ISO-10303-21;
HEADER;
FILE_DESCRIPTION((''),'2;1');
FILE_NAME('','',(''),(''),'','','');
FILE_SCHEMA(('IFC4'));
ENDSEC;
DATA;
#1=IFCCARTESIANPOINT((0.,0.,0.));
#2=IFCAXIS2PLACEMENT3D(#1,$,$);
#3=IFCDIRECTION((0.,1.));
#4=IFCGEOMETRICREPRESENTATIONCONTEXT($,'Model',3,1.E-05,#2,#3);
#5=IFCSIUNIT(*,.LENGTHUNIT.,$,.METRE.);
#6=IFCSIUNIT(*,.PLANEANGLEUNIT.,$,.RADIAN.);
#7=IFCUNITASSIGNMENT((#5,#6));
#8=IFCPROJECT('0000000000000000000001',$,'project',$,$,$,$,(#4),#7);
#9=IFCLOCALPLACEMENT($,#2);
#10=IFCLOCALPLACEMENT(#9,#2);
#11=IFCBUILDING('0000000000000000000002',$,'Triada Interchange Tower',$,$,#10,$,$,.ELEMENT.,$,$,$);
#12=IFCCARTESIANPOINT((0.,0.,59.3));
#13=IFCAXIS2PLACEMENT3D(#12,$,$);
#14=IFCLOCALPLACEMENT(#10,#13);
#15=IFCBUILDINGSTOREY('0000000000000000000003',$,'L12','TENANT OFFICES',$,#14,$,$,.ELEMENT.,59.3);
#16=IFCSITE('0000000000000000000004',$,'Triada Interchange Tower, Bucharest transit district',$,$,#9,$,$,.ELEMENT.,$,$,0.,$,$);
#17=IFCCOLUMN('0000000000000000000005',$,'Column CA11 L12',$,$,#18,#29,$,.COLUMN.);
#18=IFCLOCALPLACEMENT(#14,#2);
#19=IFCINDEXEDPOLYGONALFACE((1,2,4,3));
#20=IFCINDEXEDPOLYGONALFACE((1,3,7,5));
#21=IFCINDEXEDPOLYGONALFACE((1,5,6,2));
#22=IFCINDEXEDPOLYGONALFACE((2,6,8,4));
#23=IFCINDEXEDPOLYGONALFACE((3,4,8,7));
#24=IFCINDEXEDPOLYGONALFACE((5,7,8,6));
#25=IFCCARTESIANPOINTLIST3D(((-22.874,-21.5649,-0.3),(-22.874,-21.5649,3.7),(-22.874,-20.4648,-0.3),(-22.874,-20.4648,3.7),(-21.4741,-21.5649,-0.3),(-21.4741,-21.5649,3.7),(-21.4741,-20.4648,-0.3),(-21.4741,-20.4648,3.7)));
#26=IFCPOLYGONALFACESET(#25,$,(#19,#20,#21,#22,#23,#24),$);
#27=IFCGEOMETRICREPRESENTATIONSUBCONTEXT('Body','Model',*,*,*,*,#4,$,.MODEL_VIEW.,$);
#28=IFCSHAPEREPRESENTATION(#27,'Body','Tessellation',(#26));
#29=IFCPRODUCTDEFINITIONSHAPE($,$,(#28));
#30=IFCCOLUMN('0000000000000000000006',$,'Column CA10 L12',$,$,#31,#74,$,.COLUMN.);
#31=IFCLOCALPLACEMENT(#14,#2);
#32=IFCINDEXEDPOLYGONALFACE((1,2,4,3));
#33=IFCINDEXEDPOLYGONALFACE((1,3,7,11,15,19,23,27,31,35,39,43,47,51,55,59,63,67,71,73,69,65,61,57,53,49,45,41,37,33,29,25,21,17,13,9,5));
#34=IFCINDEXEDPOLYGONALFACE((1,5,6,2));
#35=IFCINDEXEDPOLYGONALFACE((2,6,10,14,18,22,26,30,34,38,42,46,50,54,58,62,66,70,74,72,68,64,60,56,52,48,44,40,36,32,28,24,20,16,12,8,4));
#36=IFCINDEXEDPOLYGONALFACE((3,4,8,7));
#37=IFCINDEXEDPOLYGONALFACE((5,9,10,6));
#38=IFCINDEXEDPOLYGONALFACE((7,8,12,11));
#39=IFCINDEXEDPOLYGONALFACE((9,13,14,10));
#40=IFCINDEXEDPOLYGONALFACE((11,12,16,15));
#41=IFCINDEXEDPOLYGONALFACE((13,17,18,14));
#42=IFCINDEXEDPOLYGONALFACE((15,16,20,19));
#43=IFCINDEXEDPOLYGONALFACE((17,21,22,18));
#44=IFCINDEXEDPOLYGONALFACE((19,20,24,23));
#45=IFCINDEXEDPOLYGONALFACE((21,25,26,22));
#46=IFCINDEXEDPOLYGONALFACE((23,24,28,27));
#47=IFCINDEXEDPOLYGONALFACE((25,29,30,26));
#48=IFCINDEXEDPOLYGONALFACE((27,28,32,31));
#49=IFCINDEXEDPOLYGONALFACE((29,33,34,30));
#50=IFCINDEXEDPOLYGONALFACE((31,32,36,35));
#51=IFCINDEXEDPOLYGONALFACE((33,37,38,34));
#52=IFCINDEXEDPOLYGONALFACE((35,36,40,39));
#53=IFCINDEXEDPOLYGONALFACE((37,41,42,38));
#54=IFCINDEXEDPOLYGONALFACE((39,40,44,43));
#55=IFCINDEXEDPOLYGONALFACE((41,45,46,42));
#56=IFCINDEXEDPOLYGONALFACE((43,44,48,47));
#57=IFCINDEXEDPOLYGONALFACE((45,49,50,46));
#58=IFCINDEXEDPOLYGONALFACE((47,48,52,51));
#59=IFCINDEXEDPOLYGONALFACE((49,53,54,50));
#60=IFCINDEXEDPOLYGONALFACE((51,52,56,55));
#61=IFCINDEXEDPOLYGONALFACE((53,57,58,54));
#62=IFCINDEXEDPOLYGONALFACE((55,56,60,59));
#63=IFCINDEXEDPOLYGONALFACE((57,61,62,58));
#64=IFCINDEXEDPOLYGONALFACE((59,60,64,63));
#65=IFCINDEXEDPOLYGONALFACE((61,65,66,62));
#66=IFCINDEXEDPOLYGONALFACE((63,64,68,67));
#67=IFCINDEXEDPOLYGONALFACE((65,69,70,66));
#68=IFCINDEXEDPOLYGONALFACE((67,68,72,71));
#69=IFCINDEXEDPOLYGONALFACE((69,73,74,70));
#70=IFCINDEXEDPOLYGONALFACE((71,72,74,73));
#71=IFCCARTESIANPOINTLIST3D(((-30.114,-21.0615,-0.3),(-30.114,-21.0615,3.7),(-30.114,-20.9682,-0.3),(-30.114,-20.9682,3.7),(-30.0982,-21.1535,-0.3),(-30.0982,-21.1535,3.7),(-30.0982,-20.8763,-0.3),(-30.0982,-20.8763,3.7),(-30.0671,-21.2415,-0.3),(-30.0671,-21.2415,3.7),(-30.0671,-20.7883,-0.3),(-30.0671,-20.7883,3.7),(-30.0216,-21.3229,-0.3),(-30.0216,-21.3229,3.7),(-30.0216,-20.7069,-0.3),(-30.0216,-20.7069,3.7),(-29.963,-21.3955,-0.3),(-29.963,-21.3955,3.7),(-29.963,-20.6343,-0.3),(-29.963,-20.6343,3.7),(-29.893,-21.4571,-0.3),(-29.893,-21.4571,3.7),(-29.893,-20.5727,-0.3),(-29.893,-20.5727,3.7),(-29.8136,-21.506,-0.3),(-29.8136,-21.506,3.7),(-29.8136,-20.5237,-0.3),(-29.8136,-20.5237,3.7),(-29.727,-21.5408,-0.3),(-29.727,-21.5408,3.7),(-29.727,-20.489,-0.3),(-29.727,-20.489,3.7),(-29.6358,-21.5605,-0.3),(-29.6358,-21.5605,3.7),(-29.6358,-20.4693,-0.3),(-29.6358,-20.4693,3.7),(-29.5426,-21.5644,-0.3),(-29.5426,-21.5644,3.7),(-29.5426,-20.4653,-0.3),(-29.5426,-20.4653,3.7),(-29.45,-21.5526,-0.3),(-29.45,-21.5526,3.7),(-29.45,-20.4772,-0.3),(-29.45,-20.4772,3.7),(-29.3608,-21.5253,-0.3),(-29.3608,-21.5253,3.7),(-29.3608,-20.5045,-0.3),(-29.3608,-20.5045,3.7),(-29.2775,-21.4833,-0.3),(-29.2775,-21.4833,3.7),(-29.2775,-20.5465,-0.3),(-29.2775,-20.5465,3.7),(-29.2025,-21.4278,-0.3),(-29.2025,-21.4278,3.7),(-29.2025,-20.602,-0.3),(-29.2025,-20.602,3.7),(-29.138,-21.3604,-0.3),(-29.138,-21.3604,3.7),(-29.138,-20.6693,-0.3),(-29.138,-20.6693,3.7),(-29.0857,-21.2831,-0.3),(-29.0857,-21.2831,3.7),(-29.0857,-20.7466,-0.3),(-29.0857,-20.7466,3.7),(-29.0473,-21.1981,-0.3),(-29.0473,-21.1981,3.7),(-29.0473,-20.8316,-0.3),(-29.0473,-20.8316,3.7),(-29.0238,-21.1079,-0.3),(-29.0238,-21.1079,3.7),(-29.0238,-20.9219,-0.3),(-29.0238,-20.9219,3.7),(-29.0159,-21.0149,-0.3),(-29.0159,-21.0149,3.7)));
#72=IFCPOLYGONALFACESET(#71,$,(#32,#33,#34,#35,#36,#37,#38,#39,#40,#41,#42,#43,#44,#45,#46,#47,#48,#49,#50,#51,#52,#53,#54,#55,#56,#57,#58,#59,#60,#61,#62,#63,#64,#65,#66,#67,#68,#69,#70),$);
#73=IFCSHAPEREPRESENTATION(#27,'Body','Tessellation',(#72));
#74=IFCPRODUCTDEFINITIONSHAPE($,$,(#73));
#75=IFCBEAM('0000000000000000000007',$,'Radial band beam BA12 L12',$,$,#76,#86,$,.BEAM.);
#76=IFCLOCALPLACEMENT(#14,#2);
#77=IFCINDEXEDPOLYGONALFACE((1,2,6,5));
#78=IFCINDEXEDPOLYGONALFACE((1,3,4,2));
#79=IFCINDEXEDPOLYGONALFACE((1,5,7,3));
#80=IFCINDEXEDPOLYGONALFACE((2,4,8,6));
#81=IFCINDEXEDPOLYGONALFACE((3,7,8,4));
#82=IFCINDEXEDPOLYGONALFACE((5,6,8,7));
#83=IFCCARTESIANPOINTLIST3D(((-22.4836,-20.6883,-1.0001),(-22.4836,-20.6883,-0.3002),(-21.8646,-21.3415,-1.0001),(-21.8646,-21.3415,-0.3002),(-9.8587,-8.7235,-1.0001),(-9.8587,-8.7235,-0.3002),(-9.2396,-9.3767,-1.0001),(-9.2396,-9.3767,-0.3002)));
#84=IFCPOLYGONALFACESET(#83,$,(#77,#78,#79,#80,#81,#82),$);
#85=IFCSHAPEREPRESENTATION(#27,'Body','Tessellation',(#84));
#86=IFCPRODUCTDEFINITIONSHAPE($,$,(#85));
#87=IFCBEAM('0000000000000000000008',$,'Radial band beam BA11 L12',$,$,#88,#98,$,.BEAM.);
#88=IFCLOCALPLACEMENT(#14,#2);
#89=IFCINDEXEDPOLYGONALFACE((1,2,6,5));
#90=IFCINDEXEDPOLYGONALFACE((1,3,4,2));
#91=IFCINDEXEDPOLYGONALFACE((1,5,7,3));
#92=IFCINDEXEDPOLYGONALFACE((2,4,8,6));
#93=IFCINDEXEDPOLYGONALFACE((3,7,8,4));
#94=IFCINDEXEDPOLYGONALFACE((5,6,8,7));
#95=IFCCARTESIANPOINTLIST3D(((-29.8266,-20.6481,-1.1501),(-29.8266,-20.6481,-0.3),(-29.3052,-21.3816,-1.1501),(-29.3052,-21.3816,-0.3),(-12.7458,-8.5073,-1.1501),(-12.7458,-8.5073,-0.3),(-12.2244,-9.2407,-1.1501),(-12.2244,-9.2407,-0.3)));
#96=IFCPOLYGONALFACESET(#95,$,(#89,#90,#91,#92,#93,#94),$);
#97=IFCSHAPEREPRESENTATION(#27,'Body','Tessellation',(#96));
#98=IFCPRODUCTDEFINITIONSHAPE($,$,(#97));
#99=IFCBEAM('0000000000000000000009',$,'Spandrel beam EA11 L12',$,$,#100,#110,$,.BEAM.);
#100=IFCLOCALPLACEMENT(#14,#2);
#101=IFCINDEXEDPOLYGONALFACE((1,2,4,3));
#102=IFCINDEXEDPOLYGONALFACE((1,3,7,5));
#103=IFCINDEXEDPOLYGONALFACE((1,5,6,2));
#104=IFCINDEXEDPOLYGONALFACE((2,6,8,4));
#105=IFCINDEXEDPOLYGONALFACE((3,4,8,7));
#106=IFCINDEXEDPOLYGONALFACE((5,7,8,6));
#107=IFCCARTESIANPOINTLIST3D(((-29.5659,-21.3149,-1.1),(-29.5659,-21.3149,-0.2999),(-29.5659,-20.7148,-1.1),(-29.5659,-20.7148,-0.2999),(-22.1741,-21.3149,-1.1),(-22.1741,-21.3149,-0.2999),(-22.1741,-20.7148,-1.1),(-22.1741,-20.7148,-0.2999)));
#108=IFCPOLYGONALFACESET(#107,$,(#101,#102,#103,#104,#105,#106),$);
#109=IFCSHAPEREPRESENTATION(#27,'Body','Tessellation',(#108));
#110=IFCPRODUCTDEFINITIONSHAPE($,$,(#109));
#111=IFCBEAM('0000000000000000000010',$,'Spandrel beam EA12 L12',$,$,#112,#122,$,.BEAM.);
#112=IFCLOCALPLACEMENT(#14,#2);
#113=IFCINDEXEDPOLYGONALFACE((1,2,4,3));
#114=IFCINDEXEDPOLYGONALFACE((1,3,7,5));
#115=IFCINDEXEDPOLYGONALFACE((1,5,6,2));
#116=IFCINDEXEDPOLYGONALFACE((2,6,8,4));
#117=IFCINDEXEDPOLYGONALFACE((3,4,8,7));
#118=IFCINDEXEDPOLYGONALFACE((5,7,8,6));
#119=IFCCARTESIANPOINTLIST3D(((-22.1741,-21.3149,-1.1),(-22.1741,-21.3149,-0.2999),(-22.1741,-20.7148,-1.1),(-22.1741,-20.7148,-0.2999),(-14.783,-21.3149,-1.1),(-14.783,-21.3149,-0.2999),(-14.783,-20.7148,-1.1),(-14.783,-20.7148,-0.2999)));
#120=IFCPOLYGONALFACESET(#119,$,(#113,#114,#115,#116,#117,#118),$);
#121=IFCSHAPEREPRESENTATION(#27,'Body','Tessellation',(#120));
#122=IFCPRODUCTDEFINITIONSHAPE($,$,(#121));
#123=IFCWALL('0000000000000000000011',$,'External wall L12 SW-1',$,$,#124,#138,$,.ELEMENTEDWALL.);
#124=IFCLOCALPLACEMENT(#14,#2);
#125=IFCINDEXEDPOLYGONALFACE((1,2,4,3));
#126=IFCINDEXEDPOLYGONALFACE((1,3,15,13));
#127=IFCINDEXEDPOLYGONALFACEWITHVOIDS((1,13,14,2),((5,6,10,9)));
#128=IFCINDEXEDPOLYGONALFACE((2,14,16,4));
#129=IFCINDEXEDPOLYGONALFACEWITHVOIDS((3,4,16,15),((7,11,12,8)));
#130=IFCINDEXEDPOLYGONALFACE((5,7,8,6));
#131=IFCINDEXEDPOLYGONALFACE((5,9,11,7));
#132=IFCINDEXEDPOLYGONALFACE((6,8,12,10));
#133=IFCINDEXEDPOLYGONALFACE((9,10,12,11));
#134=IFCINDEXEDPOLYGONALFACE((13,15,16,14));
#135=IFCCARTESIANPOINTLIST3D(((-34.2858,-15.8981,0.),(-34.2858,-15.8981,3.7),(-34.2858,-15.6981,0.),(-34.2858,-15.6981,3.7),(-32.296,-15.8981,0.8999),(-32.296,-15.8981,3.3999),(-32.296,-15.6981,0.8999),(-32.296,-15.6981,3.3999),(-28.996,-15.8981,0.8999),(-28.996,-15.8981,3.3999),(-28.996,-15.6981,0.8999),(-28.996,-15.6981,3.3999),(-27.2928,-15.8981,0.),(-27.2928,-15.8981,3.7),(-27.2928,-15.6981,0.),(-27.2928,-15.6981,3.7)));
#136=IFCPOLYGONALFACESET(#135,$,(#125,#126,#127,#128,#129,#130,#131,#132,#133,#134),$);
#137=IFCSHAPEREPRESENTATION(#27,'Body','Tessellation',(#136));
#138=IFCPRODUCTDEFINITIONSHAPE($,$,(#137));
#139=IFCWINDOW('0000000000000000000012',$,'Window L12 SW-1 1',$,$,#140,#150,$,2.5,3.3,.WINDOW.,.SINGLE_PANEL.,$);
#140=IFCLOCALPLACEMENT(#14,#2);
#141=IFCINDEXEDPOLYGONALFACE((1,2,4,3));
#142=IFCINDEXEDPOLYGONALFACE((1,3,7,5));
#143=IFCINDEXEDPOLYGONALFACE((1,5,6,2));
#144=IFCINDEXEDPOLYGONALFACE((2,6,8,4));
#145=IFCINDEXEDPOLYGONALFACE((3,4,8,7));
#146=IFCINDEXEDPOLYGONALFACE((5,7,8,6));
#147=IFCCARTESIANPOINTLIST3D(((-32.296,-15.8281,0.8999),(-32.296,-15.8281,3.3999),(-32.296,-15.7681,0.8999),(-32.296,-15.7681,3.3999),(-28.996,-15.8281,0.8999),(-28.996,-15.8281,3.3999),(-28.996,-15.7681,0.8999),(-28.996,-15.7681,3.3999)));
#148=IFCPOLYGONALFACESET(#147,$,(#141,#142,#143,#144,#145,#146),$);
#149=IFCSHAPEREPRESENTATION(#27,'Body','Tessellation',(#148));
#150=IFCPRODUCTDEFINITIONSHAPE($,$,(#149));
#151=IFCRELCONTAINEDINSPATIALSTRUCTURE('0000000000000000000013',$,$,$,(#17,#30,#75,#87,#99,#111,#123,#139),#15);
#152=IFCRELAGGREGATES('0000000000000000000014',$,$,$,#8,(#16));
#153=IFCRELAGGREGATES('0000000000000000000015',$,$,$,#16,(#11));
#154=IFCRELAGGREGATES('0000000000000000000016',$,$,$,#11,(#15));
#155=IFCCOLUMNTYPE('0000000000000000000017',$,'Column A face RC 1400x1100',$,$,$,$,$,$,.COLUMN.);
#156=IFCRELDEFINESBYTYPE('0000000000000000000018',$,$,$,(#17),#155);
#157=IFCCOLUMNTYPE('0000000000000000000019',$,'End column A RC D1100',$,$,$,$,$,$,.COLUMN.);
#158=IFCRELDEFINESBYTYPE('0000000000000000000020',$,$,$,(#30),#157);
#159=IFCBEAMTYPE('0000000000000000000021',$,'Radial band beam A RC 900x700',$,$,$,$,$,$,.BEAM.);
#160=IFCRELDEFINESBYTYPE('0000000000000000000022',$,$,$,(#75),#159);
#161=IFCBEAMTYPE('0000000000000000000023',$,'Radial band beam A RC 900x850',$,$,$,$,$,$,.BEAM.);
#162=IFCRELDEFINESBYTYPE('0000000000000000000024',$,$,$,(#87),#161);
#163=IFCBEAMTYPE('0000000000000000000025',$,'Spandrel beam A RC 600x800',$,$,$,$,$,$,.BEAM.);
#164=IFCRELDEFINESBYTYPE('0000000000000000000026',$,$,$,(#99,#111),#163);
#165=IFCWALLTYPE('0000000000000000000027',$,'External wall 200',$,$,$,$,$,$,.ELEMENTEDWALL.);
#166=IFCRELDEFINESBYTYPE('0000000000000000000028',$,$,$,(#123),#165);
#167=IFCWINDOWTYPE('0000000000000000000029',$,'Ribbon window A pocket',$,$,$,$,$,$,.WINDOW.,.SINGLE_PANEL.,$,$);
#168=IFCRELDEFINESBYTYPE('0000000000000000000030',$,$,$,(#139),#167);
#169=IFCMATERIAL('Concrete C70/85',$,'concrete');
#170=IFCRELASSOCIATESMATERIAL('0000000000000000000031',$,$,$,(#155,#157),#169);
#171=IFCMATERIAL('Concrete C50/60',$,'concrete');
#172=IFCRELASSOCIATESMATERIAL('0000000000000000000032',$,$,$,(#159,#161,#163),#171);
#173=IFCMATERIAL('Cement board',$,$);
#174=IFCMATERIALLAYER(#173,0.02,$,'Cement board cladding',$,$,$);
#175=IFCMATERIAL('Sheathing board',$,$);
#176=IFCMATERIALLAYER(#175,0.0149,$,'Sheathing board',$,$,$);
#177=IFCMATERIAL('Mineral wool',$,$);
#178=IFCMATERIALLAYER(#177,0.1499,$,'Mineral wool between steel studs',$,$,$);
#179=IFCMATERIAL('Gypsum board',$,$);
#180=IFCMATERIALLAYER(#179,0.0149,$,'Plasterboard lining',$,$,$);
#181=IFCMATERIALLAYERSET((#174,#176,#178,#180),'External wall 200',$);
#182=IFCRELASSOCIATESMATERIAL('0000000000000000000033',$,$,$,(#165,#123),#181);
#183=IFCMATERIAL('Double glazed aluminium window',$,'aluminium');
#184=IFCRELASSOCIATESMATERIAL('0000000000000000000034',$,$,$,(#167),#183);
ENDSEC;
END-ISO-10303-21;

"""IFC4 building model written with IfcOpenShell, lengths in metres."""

from ifc_helpers import new_model, si_unit, direction, frame, frame_2d, origin, origin_2d, place, context, subcontext, project, spatial, rectangle, circle, extrude, material, layer, layer_set, layer_usage, material_profile, profile_set, type_object, element, fill, save


model = new_model("IFC4")

# Units and contexts
model_context = context("Model", 3, precision=1e-05, world=origin(), true_north=direction((0.0, 1.0)))
body_context = subcontext(model_context, "Body", "Model", "MODEL_VIEW")
ifc_project = project(units=[si_unit("LENGTHUNIT", "METRE"), si_unit("PLANEANGLEUNIT", "RADIAN")], contexts=[model_context])

# Site, building, storey
site_placement = place(None, origin())
site = spatial("IfcSite", under=ifc_project, at=site_placement, Name="Triada Interchange Tower, Bucharest transit district", CompositionType="ELEMENT", RefElevation=0.0)
building_placement = place(site_placement, origin())
building = spatial("IfcBuilding", under=site, at=building_placement, Name="Triada Interchange Tower", CompositionType="ELEMENT")
storey_placement = place(building_placement, frame((0.0, 0.0, 59.3)))
storey = spatial("IfcBuildingStorey", under=building, at=storey_placement, Name="L12", Description="TENANT OFFICES", CompositionType="ELEMENT", Elevation=59.3)

# Columns
ifc_material_1 = material(Name="Concrete C70/85", Category="concrete")
ifc_material_profile_1 = material_profile(ifc_material_1, rectangle(XDim=1.3999, YDim=1.1001, at=origin_2d()), Name="RC 1400x1100")
ifc_profile_set_1 = profile_set([ifc_material_profile_1], Name="Concrete C70/85")
column_type_1 = type_object("IfcColumnType", Name="Column A face RC 1400x1100", PredefinedType="COLUMN", material=ifc_profile_set_1)
column_1_placement = place(storey_placement, frame((-22.1741, -21.0149, -0.3), z_axis=(0.0, 0.0, 1.0), x_axis=(1.0, 0.0, 0.0)))
element("IfcColumn", 1, at=column_1_placement, inside=storey, type_object=column_type_1, Name="Column CA11 L12", PredefinedType="COLUMN", context=body_context, shape_type="SweptSolid", body=[
    extrude(rectangle(XDim=1.3999, YDim=1.1001, at=origin_2d()), origin(), (0.0, 0.0, 1.0), 4.0),
])
ifc_material_profile_2 = material_profile(ifc_material_1, circle(Radius=0.55, at=origin_2d()), Name="RC D1100")
ifc_profile_set_2 = profile_set([ifc_material_profile_2], Name="Concrete C70/85")
column_type_2 = type_object("IfcColumnType", Name="End column A RC D1100", PredefinedType="COLUMN", material=ifc_profile_set_2)
column_2_placement = place(storey_placement, frame((-29.5659, -21.0149, -0.3), z_axis=(0.0, 0.0, 1.0), x_axis=(1.0, 0.0, 0.0)))
element("IfcColumn", 2, at=column_2_placement, inside=storey, type_object=column_type_2, Name="Column CA10 L12", PredefinedType="COLUMN", context=body_context, shape_type="SweptSolid", body=[
    extrude(circle(Radius=0.55, at=origin_2d()), origin(), (0.0, 0.0, 1.0), 4.0),
])

# Beams
ifc_material_2 = material(Name="Concrete C50/60", Category="concrete")
ifc_material_profile_3 = material_profile(ifc_material_2, rectangle(XDim=0.8999, YDim=0.7, at=origin_2d()), Name="RC 900x700")
ifc_profile_set_3 = profile_set([ifc_material_profile_3], Name="Concrete C50/60")
beam_type_1 = type_object("IfcBeamType", Name="Radial band beam A RC 900x700", PredefinedType="BEAM", material=ifc_profile_set_3)
beam_1_placement = place(storey_placement, frame((-22.1741, -21.0149, -0.6501), z_axis=(0.725829, 0.687875, 0.0), x_axis=(-0.687875, 0.725829, 0.0)))
element("IfcBeam", 3, at=beam_1_placement, inside=storey, type_object=beam_type_1, Name="Radial band beam BA12 L12", PredefinedType="BEAM", context=body_context, shape_type="SweptSolid", body=[
    extrude(rectangle(XDim=0.8999, YDim=0.7, at=origin_2d()), origin(), (0.0, 0.0, 1.0), 17.3938),
])
ifc_material_profile_4 = material_profile(ifc_material_2, rectangle(XDim=0.8999, YDim=0.8501, at=origin_2d()), Name="RC 900x850")
ifc_profile_set_4 = profile_set([ifc_material_profile_4], Name="Concrete C50/60")
beam_type_2 = type_object("IfcBeamType", Name="Radial band beam A RC 900x850", PredefinedType="BEAM", material=ifc_profile_set_4)
beam_2_placement = place(storey_placement, frame((-29.5659, -21.0149, -0.7251), z_axis=(0.815079, 0.57935, 0.0), x_axis=(-0.57935, 0.815079, 0.0)))
element("IfcBeam", 4, at=beam_2_placement, inside=storey, type_object=beam_type_2, Name="Radial band beam BA11 L12", PredefinedType="BEAM", context=body_context, shape_type="SweptSolid", body=[
    extrude(rectangle(XDim=0.8999, YDim=0.8501, at=origin_2d()), origin(), (0.0, 0.0, 1.0), 20.9561),
])
ifc_material_profile_5 = material_profile(ifc_material_2, rectangle(XDim=0.6001, YDim=0.8, at=origin_2d()), Name="RC 600x800")
ifc_profile_set_5 = profile_set([ifc_material_profile_5], Name="Concrete C50/60")
beam_type_3 = type_object("IfcBeamType", Name="Spandrel beam A RC 600x800", PredefinedType="BEAM", material=ifc_profile_set_5)
beam_3_placement = place(storey_placement, frame((-29.5659, -21.0149, -0.7), z_axis=(1.0, 0.0, 0.0), x_axis=(0.0, 1.0, 0.0)))
element("IfcBeam", 5, at=beam_3_placement, inside=storey, type_object=beam_type_3, Name="Spandrel beam EA11 L12", PredefinedType="BEAM", context=body_context, shape_type="SweptSolid", body=[
    extrude(rectangle(XDim=0.6001, YDim=0.8, at=origin_2d()), origin(), (0.0, 0.0, 1.0), 7.3918),
])
beam_4_placement = place(storey_placement, frame((-22.1741, -21.0149, -0.7), z_axis=(1.0, 0.0, 0.0), x_axis=(0.0, 1.0, 0.0)))
element("IfcBeam", 6, at=beam_4_placement, inside=storey, type_object=beam_type_3, Name="Spandrel beam EA12 L12", PredefinedType="BEAM", context=body_context, shape_type="SweptSolid", body=[
    extrude(rectangle(XDim=0.6001, YDim=0.8, at=origin_2d()), origin(), (0.0, 0.0, 1.0), 7.3911),
])

# Wall, opening, window
ifc_material_3 = material(Name="Cement board")
ifc_layer_1 = layer(ifc_material_3, 0.02, Name="Cement board cladding")
ifc_material_4 = material(Name="Sheathing board")
ifc_layer_2 = layer(ifc_material_4, 0.0149, Name="Sheathing board")
ifc_material_5 = material(Name="Mineral wool")
ifc_layer_3 = layer(ifc_material_5, 0.1499, Name="Mineral wool between steel studs")
ifc_material_6 = material(Name="Gypsum board")
ifc_layer_4 = layer(ifc_material_6, 0.0149, Name="Plasterboard lining")
ifc_layer_set_1 = layer_set([ifc_layer_1, ifc_layer_2, ifc_layer_3, ifc_layer_4], Name="External wall 200")
ifc_layer_usage = layer_usage(ifc_layer_set_1, "AXIS2", "POSITIVE", -0.1001)
wall_type_1 = type_object("IfcWallType", Name="External wall 200", PredefinedType="ELEMENTEDWALL", material=ifc_layer_set_1)
wall_1_placement = place(storey_placement, frame((-34.2859, -15.7981, 0.0), z_axis=(0.0, 0.0, 1.0), x_axis=(1.0, 0.0, 0.0)))
wall_1 = element("IfcWall", 7, at=wall_1_placement, inside=storey, type_object=wall_type_1, material=ifc_layer_usage, Name="External wall L12 SW-1", PredefinedType="ELEMENTEDWALL", context=body_context, shape_type="SweptSolid", body=[
    extrude(rectangle(XDim=6.9929, YDim=0.2, at=frame_2d((3.4966, 0.0))), origin(), (0.0, 0.0, 1.0), 3.7),
])
opening_1_placement = place(wall_1_placement, frame((1.99, 0.0, 0.8999)))
opening_1 = element("IfcOpeningElement", 8, at=opening_1_placement, cuts=wall_1, PredefinedType="OPENING", context=body_context, shape_type="SweptSolid", body=[
    extrude(rectangle(XDim=3.3, YDim=2.5, at=frame_2d((1.6499, 1.25))), frame((0.0, 0.1099, 0.0), z_axis=(0.0, -1.0, 0.0), x_axis=(1.0, 0.0, 0.0)), (0.0, 0.0, 1.0), 0.22),
])
ifc_material_7 = material(Name="Double glazed aluminium window", Category="aluminium")
window_type_1 = type_object("IfcWindowType", Name="Ribbon window A pocket", PartitioningType="SINGLE_PANEL", PredefinedType="WINDOW", material=ifc_material_7)
window_1_placement = place(opening_1_placement, origin())
window_1 = element("IfcWindow", 9, at=window_1_placement, inside=storey, type_object=window_type_1, Name="Window L12 SW-1 1", OverallHeight=2.5, OverallWidth=3.3, PartitioningType="SINGLE_PANEL", PredefinedType="WINDOW", context=body_context, shape_type="SweptSolid", body=[
    extrude(rectangle(XDim=3.3, YDim=2.5, at=frame_2d((1.6499, 1.25))), frame((0.0, 0.03, 0.0), z_axis=(0.0, -1.0, 0.0), x_axis=(1.0, 0.0, 0.0)), (0.0, 0.0, 1.0), 0.0601),
])
fill(opening_1, window_1)

save(model, "model.ifc")
